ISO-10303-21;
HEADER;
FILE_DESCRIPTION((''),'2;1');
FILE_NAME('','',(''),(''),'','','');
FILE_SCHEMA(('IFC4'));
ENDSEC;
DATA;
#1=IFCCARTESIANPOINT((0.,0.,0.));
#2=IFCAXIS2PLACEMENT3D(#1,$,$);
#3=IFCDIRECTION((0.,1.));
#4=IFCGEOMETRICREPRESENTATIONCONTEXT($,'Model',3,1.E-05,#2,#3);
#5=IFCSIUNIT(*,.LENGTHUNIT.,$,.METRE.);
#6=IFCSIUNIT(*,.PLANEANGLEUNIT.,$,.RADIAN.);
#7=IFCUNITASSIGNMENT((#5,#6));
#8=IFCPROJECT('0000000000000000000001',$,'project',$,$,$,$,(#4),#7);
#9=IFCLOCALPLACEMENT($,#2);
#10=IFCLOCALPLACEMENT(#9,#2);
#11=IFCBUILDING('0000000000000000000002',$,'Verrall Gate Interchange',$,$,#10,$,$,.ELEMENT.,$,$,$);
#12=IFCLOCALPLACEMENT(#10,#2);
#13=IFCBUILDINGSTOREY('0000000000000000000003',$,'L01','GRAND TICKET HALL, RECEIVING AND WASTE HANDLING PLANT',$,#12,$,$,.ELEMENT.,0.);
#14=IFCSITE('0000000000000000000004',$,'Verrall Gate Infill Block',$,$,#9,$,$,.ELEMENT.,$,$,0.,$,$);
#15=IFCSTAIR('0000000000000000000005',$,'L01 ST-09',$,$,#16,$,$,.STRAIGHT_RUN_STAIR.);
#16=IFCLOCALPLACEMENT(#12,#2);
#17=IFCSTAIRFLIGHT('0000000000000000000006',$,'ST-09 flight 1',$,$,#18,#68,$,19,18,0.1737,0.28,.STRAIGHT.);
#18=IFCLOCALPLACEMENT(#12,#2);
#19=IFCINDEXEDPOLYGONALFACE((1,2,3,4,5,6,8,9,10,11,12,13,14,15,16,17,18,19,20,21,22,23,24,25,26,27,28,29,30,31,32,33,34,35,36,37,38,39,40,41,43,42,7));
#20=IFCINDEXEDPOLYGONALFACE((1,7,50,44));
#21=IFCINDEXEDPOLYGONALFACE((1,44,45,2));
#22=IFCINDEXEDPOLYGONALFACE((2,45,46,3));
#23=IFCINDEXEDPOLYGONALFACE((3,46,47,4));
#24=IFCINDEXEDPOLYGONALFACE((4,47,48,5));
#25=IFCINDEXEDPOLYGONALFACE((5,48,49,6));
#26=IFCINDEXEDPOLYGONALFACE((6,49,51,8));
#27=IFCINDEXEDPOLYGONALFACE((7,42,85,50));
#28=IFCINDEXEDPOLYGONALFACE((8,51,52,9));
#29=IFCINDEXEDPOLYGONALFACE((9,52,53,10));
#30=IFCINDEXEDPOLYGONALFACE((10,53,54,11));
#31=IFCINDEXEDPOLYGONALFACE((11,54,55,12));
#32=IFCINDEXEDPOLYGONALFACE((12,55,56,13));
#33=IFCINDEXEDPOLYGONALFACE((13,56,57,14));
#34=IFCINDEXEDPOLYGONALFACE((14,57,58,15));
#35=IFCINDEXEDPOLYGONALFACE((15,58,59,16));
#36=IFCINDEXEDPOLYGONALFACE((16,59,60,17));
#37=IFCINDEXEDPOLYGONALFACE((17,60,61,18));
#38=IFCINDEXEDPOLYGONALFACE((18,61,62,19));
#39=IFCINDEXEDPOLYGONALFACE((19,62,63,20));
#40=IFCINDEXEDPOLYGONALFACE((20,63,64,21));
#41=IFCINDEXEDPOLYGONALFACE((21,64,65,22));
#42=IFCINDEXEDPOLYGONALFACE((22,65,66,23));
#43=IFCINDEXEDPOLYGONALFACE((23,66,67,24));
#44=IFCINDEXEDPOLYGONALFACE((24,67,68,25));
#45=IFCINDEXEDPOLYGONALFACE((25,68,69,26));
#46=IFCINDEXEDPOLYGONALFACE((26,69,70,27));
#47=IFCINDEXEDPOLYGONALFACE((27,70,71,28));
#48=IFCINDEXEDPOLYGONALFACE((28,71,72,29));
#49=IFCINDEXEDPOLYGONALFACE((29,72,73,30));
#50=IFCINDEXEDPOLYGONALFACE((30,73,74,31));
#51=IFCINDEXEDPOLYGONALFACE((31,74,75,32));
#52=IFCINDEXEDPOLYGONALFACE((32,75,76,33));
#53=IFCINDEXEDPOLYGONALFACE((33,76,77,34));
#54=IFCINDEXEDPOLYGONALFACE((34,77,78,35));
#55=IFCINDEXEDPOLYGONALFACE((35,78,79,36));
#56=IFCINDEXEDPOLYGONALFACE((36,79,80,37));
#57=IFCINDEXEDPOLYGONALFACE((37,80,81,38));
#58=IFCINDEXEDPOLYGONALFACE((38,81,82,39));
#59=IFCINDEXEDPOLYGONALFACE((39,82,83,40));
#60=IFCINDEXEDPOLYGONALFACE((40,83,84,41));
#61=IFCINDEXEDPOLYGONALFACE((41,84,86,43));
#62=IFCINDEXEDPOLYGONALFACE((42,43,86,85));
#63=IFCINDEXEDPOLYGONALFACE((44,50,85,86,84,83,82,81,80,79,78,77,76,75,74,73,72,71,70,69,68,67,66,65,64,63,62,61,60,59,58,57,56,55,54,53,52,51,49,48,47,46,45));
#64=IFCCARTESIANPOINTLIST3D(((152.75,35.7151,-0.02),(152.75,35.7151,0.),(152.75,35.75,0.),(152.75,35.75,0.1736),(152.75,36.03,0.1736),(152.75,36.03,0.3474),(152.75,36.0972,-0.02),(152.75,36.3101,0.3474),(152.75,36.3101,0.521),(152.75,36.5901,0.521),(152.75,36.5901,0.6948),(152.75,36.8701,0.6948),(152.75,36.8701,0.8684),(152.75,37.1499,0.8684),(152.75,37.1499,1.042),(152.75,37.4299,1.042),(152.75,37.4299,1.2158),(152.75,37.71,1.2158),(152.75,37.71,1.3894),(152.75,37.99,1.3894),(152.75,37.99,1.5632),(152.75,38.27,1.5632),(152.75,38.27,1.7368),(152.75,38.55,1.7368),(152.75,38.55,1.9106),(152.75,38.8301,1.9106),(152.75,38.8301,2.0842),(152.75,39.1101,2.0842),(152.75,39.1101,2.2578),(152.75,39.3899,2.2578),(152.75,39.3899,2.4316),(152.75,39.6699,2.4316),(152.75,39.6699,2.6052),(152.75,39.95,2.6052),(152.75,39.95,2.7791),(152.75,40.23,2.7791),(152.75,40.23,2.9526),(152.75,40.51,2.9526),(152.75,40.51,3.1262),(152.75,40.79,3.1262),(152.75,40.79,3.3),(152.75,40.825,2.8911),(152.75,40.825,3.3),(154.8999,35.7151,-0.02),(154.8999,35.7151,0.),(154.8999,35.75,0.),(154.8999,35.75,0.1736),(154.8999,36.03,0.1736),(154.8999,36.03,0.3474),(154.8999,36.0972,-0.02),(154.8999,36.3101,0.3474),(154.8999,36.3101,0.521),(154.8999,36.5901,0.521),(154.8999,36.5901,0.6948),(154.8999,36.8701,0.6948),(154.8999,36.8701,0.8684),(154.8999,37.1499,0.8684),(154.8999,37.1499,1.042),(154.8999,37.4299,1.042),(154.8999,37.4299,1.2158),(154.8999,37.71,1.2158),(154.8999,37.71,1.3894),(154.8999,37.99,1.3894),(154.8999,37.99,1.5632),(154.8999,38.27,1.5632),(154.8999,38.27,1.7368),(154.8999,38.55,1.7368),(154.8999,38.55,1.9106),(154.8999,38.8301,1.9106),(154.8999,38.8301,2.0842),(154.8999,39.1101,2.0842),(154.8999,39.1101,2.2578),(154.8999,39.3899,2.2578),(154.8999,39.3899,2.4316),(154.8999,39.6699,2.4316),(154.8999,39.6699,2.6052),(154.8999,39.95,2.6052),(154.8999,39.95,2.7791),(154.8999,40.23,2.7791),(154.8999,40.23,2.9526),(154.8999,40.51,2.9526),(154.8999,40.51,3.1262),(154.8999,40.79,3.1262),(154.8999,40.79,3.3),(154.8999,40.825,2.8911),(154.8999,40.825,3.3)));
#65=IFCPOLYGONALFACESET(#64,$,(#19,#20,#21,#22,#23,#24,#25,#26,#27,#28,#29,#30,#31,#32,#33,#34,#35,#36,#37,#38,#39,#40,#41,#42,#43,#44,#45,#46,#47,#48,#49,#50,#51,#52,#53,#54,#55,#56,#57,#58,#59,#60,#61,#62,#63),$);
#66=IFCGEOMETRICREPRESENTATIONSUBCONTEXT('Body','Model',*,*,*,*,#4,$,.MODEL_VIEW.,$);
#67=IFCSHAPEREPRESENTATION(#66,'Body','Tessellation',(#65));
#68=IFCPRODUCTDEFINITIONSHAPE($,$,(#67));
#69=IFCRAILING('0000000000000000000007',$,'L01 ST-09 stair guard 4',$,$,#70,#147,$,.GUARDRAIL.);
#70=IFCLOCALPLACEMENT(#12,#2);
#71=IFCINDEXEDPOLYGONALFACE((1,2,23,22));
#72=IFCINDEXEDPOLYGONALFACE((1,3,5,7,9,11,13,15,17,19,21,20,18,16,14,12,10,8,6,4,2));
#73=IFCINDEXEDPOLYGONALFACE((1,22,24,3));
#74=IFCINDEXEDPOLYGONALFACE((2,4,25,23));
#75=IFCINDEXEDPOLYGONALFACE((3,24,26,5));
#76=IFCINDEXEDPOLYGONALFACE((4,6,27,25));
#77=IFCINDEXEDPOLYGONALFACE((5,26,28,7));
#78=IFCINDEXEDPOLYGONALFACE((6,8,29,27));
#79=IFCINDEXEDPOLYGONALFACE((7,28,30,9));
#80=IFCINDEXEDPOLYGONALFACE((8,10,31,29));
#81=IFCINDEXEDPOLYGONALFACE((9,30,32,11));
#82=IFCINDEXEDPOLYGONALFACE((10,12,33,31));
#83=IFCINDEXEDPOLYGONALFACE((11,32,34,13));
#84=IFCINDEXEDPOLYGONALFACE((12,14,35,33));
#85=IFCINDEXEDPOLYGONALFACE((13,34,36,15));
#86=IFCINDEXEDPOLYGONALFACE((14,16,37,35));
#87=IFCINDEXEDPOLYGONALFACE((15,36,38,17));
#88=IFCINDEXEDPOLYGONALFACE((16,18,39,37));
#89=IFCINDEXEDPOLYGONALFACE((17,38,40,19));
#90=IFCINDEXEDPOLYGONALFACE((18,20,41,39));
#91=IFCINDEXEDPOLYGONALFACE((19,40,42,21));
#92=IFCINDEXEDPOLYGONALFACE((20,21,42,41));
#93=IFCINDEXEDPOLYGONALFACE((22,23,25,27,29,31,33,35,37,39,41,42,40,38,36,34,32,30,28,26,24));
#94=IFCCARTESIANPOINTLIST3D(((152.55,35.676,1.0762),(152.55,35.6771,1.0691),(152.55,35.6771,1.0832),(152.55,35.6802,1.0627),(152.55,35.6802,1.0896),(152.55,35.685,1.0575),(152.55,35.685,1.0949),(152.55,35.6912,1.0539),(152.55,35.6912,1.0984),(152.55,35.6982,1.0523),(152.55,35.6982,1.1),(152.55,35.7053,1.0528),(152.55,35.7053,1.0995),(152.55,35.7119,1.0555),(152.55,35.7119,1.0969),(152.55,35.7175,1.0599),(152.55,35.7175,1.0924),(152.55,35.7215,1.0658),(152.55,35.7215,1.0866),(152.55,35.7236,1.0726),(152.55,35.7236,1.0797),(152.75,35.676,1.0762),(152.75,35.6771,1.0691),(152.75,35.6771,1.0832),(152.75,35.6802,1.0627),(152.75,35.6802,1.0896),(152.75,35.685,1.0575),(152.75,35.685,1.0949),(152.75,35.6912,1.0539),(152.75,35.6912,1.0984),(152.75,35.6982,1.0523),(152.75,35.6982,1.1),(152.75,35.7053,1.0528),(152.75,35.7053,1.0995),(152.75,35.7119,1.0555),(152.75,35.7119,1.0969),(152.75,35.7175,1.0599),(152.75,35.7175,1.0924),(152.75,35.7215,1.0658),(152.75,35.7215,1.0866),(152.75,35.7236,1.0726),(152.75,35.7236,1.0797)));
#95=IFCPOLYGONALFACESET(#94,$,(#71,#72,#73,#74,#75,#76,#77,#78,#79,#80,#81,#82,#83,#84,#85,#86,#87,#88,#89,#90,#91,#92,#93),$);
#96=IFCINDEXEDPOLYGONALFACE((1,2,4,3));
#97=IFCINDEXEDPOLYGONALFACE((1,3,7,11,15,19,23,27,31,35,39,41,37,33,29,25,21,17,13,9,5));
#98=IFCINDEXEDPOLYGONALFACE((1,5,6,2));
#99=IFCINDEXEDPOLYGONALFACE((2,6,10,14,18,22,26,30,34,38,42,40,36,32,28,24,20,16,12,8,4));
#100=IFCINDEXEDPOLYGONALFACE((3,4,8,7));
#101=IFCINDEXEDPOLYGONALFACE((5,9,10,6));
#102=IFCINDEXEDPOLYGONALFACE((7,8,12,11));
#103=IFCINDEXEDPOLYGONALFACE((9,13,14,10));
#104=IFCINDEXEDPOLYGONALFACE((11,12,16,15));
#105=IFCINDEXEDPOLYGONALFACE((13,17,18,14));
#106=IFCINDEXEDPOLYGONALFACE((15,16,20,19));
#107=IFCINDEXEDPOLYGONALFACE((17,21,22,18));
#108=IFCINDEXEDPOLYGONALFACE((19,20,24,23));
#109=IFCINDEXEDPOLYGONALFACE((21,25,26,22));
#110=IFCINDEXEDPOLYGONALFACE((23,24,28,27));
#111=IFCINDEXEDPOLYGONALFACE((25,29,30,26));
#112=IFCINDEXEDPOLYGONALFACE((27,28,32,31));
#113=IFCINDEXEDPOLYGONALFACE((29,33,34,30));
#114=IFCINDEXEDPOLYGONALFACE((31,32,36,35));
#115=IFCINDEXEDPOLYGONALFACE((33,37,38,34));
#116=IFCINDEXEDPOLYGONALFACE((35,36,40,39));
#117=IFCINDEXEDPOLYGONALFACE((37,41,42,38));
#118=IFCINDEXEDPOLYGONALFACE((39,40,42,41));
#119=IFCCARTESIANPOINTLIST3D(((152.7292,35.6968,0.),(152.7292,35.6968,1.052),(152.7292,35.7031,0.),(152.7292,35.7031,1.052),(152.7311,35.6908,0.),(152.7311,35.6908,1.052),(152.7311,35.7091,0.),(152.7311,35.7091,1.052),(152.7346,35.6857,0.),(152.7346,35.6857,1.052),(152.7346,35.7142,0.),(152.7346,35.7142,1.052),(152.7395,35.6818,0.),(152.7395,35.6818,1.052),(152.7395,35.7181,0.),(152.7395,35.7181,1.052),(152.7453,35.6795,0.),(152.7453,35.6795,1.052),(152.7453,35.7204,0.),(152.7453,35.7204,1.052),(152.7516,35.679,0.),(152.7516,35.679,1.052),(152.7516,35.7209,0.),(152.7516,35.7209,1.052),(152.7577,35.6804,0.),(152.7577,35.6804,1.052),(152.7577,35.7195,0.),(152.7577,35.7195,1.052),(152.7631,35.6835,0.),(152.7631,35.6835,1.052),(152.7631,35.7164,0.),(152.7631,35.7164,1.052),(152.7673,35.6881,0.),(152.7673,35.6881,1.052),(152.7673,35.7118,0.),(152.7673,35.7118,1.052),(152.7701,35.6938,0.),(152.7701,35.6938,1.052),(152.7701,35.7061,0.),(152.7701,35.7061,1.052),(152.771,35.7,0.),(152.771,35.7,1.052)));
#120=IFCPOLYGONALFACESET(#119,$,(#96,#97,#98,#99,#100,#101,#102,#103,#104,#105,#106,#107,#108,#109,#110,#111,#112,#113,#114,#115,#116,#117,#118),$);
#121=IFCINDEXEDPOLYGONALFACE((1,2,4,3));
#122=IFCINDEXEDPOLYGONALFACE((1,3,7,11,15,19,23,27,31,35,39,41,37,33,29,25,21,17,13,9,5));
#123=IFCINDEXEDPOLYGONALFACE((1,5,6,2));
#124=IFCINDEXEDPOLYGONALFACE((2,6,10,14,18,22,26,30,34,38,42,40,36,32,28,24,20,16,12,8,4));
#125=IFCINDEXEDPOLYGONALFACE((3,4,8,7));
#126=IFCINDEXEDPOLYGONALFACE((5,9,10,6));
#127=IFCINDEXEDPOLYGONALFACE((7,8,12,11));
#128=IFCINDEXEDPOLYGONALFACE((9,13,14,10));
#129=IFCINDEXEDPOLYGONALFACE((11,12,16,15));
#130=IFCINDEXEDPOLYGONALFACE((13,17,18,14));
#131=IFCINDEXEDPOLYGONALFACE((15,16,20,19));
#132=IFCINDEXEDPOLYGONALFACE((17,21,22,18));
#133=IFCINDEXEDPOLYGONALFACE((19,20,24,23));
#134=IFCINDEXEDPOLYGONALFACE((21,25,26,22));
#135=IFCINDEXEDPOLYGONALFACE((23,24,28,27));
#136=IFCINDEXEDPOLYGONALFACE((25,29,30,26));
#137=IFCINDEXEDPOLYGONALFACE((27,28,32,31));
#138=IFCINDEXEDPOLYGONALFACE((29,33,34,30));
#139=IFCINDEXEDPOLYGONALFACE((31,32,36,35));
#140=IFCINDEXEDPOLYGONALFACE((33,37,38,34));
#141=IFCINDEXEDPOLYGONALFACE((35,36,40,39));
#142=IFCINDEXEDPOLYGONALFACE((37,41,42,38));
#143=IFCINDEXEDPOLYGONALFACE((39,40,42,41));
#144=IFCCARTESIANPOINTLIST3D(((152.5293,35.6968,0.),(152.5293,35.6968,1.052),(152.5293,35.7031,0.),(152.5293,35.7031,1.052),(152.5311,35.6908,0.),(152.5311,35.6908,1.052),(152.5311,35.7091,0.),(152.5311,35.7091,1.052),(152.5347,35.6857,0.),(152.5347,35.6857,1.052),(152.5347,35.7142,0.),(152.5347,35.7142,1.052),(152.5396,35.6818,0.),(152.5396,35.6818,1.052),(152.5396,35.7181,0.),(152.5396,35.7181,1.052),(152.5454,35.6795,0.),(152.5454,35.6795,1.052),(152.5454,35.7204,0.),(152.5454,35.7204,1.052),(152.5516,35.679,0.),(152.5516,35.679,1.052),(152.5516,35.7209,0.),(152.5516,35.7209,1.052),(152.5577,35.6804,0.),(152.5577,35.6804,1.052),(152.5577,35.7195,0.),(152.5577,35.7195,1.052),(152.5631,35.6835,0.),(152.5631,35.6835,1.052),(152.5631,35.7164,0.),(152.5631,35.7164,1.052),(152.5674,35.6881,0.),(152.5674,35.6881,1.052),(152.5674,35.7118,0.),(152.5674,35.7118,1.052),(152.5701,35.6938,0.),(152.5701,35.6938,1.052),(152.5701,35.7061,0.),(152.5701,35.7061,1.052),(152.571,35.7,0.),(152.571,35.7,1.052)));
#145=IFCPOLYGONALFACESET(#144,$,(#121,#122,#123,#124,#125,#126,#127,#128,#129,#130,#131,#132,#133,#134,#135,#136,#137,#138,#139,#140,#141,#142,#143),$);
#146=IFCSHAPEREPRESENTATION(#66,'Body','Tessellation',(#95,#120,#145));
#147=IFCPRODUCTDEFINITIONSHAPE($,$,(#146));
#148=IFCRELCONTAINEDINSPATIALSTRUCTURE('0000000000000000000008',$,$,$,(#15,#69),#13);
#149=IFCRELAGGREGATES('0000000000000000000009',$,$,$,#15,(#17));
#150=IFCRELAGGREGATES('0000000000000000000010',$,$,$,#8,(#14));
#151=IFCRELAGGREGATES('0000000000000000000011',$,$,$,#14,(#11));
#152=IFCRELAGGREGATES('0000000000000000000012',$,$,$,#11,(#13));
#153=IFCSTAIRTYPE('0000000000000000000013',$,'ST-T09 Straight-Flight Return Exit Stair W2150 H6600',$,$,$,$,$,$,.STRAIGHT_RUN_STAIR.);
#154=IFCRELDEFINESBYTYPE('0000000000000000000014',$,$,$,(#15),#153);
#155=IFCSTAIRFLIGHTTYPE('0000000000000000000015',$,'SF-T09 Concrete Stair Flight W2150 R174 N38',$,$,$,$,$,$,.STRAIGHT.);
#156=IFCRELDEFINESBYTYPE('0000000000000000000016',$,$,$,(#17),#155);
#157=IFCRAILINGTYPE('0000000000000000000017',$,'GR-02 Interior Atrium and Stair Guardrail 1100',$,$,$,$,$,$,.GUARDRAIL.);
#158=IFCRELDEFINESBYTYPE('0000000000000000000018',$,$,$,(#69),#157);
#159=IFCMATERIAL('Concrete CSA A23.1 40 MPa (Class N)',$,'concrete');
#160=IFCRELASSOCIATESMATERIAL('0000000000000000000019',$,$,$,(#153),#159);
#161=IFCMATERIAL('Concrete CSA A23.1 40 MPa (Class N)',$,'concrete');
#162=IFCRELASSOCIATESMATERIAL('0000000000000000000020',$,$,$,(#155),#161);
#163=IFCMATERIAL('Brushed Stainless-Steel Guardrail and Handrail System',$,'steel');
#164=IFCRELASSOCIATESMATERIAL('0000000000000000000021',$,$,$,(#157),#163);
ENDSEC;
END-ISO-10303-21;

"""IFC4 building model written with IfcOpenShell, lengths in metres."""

from ifc_helpers import new_model, si_unit, direction, frame, origin, origin_2d, place, context, subcontext, project, spatial, polyline, circle, outline, extrude, material, type_object, element, aggregate, save


model = new_model("IFC4")

# Units and contexts
model_context = context("Model", 3, precision=1e-05, world=origin(), true_north=direction((0.0, 1.0)))
body_context = subcontext(model_context, "Body", "Model", "MODEL_VIEW")
ifc_project = project(units=[si_unit("LENGTHUNIT", "METRE"), si_unit("PLANEANGLEUNIT", "RADIAN")], contexts=[model_context])

# Site, building, storey
site_placement = place(None, origin())
site = spatial("IfcSite", under=ifc_project, at=site_placement, Name="Verrall Gate Infill Block", CompositionType="ELEMENT", RefElevation=0.0)
building_placement = place(site_placement, origin())
building = spatial("IfcBuilding", under=site, at=building_placement, Name="Verrall Gate Interchange", CompositionType="ELEMENT")
storey_placement = place(building_placement, origin())
storey = spatial("IfcBuildingStorey", under=building, at=storey_placement, Name="L01", Description="GRAND TICKET HALL, RECEIVING AND WASTE HANDLING PLANT", CompositionType="ELEMENT", Elevation=0.0)

# Stair, stair flight
ifc_material_1 = material(Name="Concrete CSA A23.1 40 MPa (Class N)", Category="concrete")
stair_type = type_object("IfcStairType", Name="ST-T09 Straight-Flight Return Exit Stair W2150 H6600", PredefinedType="STRAIGHT_RUN_STAIR", material=ifc_material_1)
stair_placement = place(storey_placement, origin())
stair = element("IfcStair", 1, at=stair_placement, inside=storey, type_object=stair_type, Name="L01 ST-09", PredefinedType="STRAIGHT_RUN_STAIR")
ifc_material_2 = material(Name="Concrete CSA A23.1 40 MPa (Class N)", Category="concrete")
stair_flight_type = type_object("IfcStairFlightType", Name="SF-T09 Concrete Stair Flight W2150 R174 N38", PredefinedType="STRAIGHT", material=ifc_material_2)
stair_flight_placement = place(storey_placement, frame((153.825, 35.75, 0.0), z_axis=(0.0, 0.0, 1.0), x_axis=(0.0, 1.0, 0.0)))
stair_flight = element("IfcStairFlight", 2, at=stair_flight_placement, type_object=stair_flight_type, Name="ST-09 flight 1", NumberOfRisers=19, NumberOfTreads=18, PredefinedType="STRAIGHT", RiserHeight=0.1737, TreadLength=0.28, context=body_context, shape_type="SweptSolid", body=[
    extrude(outline(polyline([(-0.0349, -0.02), (-0.0349, 0.0), (0.0, 0.0), (0.0, 0.1736), (0.28, 0.1736), (0.28, 0.3474), (0.5601, 0.3474), (0.5601, 0.521), (0.8401, 0.521), (0.8401, 0.6948), (1.1201, 0.6948), (1.1201, 0.8684), (1.3999, 0.8684), (1.3999, 1.042), (1.6799, 1.042), (1.6799, 1.2158), (1.96, 1.2158), (1.96, 1.3894), (2.24, 1.3894), (2.24, 1.5632), (2.52, 1.5632), (2.52, 1.7368), (2.8, 1.7368), (2.8, 1.9106), (3.0801, 1.9106), (3.0801, 2.0842), (3.3601, 2.0842), (3.3601, 2.2578), (3.6399, 2.2578), (3.6399, 2.4316), (3.9199, 2.4316), (3.9199, 2.6052), (4.2, 2.6052), (4.2, 2.7791), (4.48, 2.7791), (4.48, 2.9526), (4.76, 2.9526), (4.76, 3.1262), (5.04, 3.1262), (5.04, 3.3), (5.075, 3.3), (5.075, 2.8911), (0.3472, -0.02), (-0.0349, -0.02)])), frame((0.0, 1.075, 0.0), z_axis=(0.0, -1.0, 0.0), x_axis=(1.0, 0.0, 0.0)), (0.0, 0.0, 1.0), 2.1499),
])
aggregate(stair, [stair_flight])

# Railing
ifc_material_3 = material(Name="Brushed Stainless-Steel Guardrail and Handrail System", Category="steel")
railing_type_1 = type_object("IfcRailingType", Name="GR-02 Interior Atrium and Stair Guardrail 1100", PredefinedType="GUARDRAIL", material=ifc_material_3)
railing_1_placement = place(storey_placement, frame((152.75, 35.7, 0.0)))
element("IfcRailing", 3, at=railing_1_placement, inside=storey, type_object=railing_type_1, Name="L01 ST-09 stair guard 4", PredefinedType="GUARDRAIL", context=body_context, shape_type="SweptSolid", body=[
    extrude(circle(Radius=0.0239, at=origin_2d()), frame((0.0, 0.0, 1.0762), z_axis=(-1.0, 0.0, 0.0), x_axis=(0.0, -1.0, 0.0)), (0.0, 0.0, 1.0), 0.2),
    extrude(circle(Radius=0.021, at=origin_2d()), origin(), (0.0, 0.0, 1.0), 1.052),
    extrude(circle(Radius=0.021, at=origin_2d()), frame((-0.2, 0.0, 0.0)), (0.0, 0.0, 1.0), 1.052),
])

save(model, "model.ifc")
